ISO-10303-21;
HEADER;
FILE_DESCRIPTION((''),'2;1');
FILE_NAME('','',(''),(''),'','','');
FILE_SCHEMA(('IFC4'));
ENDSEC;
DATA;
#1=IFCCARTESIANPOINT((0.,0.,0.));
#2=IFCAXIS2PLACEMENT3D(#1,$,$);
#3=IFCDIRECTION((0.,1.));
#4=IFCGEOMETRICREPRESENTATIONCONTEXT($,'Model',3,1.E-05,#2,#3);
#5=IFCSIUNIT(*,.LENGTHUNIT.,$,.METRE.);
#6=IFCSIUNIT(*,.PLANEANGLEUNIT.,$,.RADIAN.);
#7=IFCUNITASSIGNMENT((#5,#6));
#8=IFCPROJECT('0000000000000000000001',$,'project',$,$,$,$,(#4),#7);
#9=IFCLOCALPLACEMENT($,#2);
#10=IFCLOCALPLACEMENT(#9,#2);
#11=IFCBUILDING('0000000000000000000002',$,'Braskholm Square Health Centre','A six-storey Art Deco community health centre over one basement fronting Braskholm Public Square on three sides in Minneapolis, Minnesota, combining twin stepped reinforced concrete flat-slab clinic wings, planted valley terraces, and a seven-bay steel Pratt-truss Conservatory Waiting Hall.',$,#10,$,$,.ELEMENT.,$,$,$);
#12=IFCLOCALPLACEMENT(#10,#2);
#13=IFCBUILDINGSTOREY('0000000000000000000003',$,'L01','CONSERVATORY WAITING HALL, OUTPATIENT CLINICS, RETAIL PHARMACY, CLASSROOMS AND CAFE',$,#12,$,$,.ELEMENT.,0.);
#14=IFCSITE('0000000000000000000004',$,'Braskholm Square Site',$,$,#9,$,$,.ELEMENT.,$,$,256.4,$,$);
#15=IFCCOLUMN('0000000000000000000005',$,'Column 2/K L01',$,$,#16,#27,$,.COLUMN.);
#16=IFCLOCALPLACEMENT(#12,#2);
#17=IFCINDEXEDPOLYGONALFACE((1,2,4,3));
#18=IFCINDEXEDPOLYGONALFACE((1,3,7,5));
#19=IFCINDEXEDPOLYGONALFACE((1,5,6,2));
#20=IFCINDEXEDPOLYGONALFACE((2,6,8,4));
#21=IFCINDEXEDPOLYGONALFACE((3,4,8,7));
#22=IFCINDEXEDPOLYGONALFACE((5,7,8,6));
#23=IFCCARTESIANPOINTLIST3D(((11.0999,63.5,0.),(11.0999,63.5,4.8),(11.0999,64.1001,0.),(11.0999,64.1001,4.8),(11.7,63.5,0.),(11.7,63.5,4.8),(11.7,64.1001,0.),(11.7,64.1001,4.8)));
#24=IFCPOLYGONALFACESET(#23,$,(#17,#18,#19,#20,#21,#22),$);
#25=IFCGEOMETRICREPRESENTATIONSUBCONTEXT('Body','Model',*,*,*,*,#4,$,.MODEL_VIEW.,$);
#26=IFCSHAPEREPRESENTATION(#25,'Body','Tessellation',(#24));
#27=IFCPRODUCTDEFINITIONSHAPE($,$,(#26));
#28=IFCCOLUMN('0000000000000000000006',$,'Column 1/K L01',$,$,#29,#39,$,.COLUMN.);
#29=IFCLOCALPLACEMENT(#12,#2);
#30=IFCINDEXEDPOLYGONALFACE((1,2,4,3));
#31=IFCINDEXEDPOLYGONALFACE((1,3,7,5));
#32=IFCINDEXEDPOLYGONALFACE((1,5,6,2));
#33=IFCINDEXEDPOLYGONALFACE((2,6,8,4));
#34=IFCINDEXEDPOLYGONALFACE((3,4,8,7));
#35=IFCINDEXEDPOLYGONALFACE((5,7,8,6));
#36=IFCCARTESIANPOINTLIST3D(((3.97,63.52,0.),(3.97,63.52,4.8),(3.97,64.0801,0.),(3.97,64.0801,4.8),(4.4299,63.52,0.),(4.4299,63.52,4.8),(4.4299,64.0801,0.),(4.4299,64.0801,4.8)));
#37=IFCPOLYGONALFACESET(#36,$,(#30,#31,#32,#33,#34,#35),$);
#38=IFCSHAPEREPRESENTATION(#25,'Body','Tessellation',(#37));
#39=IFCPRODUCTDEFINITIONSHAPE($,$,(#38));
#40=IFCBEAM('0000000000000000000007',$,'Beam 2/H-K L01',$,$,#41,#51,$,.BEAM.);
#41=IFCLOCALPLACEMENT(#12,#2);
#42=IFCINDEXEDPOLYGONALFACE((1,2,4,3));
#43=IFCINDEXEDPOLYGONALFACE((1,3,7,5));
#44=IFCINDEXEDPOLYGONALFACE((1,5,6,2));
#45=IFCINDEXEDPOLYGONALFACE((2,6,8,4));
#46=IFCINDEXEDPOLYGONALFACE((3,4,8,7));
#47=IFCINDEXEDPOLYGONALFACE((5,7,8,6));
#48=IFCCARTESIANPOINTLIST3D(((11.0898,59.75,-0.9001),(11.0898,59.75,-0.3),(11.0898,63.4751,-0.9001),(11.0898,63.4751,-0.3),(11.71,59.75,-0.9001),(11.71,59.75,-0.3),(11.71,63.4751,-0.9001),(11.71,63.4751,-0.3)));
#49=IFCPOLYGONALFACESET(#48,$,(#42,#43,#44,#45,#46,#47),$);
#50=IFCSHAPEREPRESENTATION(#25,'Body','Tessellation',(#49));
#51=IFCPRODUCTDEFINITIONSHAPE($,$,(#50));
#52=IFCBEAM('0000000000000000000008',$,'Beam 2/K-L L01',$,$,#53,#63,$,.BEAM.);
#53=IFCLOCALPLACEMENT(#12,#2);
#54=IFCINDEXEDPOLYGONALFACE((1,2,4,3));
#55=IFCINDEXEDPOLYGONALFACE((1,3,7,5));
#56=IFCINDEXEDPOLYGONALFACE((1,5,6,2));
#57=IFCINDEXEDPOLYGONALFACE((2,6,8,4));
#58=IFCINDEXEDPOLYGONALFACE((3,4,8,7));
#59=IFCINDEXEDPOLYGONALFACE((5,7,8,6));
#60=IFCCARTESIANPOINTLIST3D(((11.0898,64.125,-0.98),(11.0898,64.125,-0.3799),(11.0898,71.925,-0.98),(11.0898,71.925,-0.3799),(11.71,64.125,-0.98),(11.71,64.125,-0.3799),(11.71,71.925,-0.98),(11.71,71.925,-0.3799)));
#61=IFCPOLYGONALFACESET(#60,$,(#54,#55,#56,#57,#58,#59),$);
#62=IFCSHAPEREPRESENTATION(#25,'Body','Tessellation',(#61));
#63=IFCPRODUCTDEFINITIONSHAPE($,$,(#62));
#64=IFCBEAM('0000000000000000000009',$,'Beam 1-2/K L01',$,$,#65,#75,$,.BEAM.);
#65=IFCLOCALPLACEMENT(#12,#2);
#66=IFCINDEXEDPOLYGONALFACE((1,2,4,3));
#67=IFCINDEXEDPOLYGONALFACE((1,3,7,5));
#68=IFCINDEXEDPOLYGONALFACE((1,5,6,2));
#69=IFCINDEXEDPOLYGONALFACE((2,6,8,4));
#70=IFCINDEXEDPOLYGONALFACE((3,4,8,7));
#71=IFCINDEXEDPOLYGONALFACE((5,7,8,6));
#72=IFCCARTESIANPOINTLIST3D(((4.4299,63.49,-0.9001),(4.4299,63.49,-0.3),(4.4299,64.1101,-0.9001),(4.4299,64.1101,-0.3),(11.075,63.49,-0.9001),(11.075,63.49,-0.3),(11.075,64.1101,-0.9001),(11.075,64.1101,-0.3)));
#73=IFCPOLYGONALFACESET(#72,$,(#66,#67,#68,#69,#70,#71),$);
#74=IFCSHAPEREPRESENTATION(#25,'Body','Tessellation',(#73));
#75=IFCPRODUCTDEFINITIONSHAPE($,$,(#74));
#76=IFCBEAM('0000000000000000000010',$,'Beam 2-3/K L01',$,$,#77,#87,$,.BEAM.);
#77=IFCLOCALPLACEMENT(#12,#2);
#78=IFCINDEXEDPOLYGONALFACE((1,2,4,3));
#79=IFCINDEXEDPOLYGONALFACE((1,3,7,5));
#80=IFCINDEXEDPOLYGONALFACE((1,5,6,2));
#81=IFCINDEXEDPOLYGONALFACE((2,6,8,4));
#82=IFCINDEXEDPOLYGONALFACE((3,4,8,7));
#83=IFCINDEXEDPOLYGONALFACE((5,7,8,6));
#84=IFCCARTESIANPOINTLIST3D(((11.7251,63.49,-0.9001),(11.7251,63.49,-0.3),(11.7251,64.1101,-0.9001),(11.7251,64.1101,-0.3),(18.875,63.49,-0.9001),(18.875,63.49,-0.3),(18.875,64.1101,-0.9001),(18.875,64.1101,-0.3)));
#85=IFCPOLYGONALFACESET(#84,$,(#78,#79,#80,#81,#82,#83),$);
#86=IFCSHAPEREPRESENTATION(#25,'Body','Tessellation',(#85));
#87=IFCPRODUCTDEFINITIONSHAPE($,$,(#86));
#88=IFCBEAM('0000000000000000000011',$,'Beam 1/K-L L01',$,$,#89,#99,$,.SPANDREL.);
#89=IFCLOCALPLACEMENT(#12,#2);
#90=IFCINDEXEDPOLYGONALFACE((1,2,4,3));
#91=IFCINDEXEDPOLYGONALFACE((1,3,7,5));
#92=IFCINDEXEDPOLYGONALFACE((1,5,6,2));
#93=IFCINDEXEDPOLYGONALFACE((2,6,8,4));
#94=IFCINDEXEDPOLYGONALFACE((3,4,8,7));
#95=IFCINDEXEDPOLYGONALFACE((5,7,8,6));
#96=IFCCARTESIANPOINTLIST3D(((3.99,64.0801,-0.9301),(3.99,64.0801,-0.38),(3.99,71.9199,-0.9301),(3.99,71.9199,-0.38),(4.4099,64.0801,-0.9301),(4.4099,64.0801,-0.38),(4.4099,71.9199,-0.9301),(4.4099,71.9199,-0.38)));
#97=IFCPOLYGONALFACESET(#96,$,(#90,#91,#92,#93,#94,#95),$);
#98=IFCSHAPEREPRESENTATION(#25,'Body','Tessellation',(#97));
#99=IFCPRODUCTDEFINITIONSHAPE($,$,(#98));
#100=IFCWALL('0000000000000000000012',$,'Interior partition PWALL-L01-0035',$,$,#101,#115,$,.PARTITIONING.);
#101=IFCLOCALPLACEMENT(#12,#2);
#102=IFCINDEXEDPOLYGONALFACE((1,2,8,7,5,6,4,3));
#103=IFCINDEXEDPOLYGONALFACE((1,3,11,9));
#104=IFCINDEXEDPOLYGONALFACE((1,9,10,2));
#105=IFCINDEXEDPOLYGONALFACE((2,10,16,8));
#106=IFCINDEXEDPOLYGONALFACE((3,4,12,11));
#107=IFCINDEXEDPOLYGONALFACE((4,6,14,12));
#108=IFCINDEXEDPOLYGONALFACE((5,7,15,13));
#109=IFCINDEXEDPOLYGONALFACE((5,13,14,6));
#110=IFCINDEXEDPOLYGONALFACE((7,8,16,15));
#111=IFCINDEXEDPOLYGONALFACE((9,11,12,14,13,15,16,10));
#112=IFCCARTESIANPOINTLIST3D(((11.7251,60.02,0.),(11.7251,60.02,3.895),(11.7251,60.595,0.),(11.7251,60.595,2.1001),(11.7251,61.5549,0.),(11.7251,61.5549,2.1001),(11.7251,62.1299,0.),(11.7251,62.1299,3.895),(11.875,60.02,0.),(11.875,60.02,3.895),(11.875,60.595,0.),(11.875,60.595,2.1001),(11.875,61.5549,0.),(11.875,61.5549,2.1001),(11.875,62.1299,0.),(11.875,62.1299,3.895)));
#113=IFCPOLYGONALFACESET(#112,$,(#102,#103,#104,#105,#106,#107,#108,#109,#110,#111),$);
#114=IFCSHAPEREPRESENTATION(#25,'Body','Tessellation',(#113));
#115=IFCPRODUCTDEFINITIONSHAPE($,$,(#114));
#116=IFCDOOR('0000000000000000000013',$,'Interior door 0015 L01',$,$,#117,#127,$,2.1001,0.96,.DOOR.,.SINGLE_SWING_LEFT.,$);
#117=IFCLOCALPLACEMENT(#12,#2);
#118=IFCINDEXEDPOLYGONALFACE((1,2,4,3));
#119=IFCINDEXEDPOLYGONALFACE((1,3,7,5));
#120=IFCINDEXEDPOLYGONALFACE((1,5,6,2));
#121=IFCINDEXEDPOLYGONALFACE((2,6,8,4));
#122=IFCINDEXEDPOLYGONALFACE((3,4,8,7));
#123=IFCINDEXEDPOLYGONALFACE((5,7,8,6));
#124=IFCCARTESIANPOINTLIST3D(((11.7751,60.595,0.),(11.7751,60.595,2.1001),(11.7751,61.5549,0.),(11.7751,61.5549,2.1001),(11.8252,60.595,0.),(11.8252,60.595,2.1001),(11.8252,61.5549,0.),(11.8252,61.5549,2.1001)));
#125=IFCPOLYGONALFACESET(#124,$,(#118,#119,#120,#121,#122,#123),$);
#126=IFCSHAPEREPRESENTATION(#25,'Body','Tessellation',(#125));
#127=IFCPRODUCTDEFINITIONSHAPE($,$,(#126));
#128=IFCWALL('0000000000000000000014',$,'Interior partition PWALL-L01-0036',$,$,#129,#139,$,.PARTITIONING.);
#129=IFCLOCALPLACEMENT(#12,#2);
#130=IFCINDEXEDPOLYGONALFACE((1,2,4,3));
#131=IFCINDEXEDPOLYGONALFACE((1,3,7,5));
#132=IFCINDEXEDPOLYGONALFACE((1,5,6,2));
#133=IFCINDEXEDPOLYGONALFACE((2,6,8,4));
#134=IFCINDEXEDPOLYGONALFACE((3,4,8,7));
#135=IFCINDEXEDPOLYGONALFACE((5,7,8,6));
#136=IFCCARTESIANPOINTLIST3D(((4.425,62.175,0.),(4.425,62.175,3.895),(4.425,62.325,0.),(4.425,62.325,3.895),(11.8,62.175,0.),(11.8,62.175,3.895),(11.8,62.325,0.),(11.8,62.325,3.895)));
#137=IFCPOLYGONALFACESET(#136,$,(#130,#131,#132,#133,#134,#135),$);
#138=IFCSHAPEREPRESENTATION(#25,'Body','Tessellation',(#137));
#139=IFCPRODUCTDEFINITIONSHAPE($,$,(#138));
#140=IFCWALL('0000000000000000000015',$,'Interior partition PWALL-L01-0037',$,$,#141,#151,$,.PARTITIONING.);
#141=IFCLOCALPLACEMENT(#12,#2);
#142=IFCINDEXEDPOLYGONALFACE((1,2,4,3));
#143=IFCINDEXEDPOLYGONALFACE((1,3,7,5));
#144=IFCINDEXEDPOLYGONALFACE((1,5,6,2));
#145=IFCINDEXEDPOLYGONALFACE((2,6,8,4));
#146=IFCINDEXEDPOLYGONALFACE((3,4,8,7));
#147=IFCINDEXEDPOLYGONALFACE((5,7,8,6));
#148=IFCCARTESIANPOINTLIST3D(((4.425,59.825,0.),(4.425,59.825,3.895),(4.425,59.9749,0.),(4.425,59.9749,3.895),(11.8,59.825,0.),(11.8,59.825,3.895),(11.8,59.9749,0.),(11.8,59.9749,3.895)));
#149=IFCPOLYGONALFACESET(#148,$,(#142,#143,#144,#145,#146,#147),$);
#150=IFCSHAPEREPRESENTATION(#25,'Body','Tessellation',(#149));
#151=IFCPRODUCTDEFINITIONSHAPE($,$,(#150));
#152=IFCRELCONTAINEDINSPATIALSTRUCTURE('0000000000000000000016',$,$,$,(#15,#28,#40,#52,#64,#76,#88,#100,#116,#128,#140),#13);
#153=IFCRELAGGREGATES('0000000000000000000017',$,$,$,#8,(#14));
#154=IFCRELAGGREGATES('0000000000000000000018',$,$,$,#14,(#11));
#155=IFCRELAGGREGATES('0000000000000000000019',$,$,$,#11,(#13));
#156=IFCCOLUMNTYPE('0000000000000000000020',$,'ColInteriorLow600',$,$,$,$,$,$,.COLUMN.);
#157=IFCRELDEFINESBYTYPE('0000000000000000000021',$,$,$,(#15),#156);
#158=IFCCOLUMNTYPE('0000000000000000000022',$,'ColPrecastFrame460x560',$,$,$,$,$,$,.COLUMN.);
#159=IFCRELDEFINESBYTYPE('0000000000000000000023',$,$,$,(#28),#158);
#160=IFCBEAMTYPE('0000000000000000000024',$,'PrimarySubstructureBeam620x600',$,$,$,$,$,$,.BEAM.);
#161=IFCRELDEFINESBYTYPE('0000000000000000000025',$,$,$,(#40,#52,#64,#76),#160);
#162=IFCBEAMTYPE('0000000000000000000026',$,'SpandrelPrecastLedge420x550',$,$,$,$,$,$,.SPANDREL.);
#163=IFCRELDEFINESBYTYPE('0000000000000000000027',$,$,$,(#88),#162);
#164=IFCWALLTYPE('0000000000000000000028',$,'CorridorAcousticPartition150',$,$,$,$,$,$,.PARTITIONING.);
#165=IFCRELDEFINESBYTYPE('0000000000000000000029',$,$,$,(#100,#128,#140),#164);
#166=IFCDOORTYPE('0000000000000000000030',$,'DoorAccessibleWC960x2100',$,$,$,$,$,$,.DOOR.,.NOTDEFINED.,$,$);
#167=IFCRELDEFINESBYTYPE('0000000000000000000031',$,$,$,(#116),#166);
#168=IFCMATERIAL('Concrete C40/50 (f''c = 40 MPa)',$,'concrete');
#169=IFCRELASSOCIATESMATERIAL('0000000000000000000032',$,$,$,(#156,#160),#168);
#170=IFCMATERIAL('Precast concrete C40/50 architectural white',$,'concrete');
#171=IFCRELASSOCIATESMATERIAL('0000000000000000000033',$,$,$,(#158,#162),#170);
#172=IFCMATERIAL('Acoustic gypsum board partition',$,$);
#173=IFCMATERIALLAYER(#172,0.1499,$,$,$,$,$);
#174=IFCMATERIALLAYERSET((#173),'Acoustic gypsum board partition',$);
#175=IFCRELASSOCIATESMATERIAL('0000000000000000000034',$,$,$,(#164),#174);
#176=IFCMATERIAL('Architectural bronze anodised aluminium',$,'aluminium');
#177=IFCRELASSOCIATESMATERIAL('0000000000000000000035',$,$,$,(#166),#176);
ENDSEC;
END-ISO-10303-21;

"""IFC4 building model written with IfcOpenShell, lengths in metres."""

from ifc_helpers import new_model, si_unit, direction, frame, frame_2d, origin, origin_with_axes, origin_2d, place, context, subcontext, project, spatial, rectangle, extrude, material, layer, layer_set, material_profile, profile_set, type_object, element, fill, save


model = new_model("IFC4")

# Units and contexts
model_context = context("Model", 3, precision=1e-05, world=origin(), true_north=direction((0.0, 1.0)))
body_context = subcontext(model_context, "Body", "Model", "MODEL_VIEW")
ifc_project = project(units=[si_unit("LENGTHUNIT", "METRE"), si_unit("PLANEANGLEUNIT", "RADIAN")], contexts=[model_context])

# Site, building, storey
site_placement = place(None, origin())
site = spatial("IfcSite", under=ifc_project, at=site_placement, Name="Braskholm Square Site", CompositionType="ELEMENT", RefElevation=256.4)
building_placement = place(site_placement, origin())
building = spatial("IfcBuilding", under=site, at=building_placement, Name="Braskholm Square Health Centre", Description="A six-storey Art Deco community health centre over one basement fronting Braskholm Public Square on three sides in Minneapolis, Minnesota, combining twin stepped reinforced concrete flat-slab clinic wings, planted valley terraces, and a seven-bay steel Pratt-truss Conservatory Waiting Hall.", CompositionType="ELEMENT")
storey_placement = place(building_placement, origin())
storey = spatial("IfcBuildingStorey", under=building, at=storey_placement, Name="L01", Description="CONSERVATORY WAITING HALL, OUTPATIENT CLINICS, RETAIL PHARMACY, CLASSROOMS AND CAFE", CompositionType="ELEMENT", Elevation=0.0)

# Columns
ifc_material_1 = material(Name="Concrete C40/50 (f'c = 40 MPa)", Category="concrete")
ifc_material_profile_1 = material_profile(ifc_material_1, rectangle(XDim=0.6001, YDim=0.6001, at=origin_2d()), Name="RC-600X600")
ifc_profile_set_1 = profile_set([ifc_material_profile_1], Name="Concrete C40/50 (f'c = 40 MPa)")
column_type_1 = type_object("IfcColumnType", Name="ColInteriorLow600", PredefinedType="COLUMN", material=ifc_profile_set_1)
column_1_placement = place(storey_placement, frame((11.3999, 63.8, 0.0), z_axis=(0.0, 0.0, 1.0), x_axis=(1.0, 0.0, 0.0)))
element("IfcColumn", 1, at=column_1_placement, inside=storey, type_object=column_type_1, Name="Column 2/K L01", PredefinedType="COLUMN", context=body_context, shape_type="SweptSolid", body=[
    extrude(rectangle(XDim=0.6001, YDim=0.6001, at=origin_2d()), origin(), (0.0, 0.0, 1.0), 4.8),
])
ifc_material_2 = material(Name="Precast concrete C40/50 architectural white", Category="concrete")
ifc_material_profile_2 = material_profile(ifc_material_2, rectangle(XDim=0.46, YDim=0.5601, at=origin_2d()), Name="RC-460X560")
ifc_profile_set_2 = profile_set([ifc_material_profile_2], Name="Precast concrete C40/50 architectural white")
column_type_2 = type_object("IfcColumnType", Name="ColPrecastFrame460x560", PredefinedType="COLUMN", material=ifc_profile_set_2)
column_2_placement = place(storey_placement, frame((4.2, 63.8, 0.0), z_axis=(0.0, 0.0, 1.0), x_axis=(1.0, 0.0, 0.0)))
element("IfcColumn", 2, at=column_2_placement, inside=storey, type_object=column_type_2, Name="Column 1/K L01", PredefinedType="COLUMN", context=body_context, shape_type="SweptSolid", body=[
    extrude(rectangle(XDim=0.46, YDim=0.5601, at=origin_2d()), origin(), (0.0, 0.0, 1.0), 4.8),
])

# Beams
ifc_material_profile_3 = material_profile(ifc_material_1, rectangle(XDim=0.6201, YDim=0.6001, at=origin_2d()), Name="RCB-620X600")
ifc_profile_set_3 = profile_set([ifc_material_profile_3], Name="Concrete C40/50 (f'c = 40 MPa)")
beam_type_1 = type_object("IfcBeamType", Name="PrimarySubstructureBeam620x600", PredefinedType="BEAM", material=ifc_profile_set_3)
beam_1_placement = place(storey_placement, frame((11.3999, 59.75, -0.6001), z_axis=(0.0, 1.0, 0.0), x_axis=(-1.0, 0.0, 0.0)))
element("IfcBeam", 3, at=beam_1_placement, inside=storey, type_object=beam_type_1, Name="Beam 2/H-K L01", PredefinedType="BEAM", context=body_context, shape_type="SweptSolid", body=[
    extrude(rectangle(XDim=0.6201, YDim=0.6001, at=origin_2d()), origin(), (0.0, 0.0, 1.0), 3.7251),
])
beam_2_placement = place(storey_placement, frame((11.3999, 64.125, -0.6799), z_axis=(0.0, 1.0, 0.0), x_axis=(-1.0, 0.0, 0.0)))
element("IfcBeam", 4, at=beam_2_placement, inside=storey, type_object=beam_type_1, Name="Beam 2/K-L L01", PredefinedType="BEAM", context=body_context, shape_type="SweptSolid", body=[
    extrude(rectangle(XDim=0.6201, YDim=0.6001, at=origin_2d()), origin(), (0.0, 0.0, 1.0), 7.8),
])
beam_3_placement = place(storey_placement, frame((4.4299, 63.8, -0.6001), z_axis=(1.0, 0.0, 0.0), x_axis=(0.0, 1.0, 0.0)))
element("IfcBeam", 5, at=beam_3_placement, inside=storey, type_object=beam_type_1, Name="Beam 1-2/K L01", PredefinedType="BEAM", context=body_context, shape_type="SweptSolid", body=[
    extrude(rectangle(XDim=0.6201, YDim=0.6001, at=origin_2d()), origin(), (0.0, 0.0, 1.0), 6.645),
])
beam_4_placement = place(storey_placement, frame((11.7251, 63.8, -0.6001), z_axis=(1.0, 0.0, 0.0), x_axis=(0.0, 1.0, 0.0)))
element("IfcBeam", 6, at=beam_4_placement, inside=storey, type_object=beam_type_1, Name="Beam 2-3/K L01", PredefinedType="BEAM", context=body_context, shape_type="SweptSolid", body=[
    extrude(rectangle(XDim=0.6201, YDim=0.6001, at=origin_2d()), origin(), (0.0, 0.0, 1.0), 7.1499),
])
ifc_material_profile_4 = material_profile(ifc_material_2, rectangle(XDim=0.4199, YDim=0.55, at=origin_2d()), Name="RCB-420X550")
ifc_profile_set_4 = profile_set([ifc_material_profile_4], Name="Precast concrete C40/50 architectural white")
beam_type_2 = type_object("IfcBeamType", Name="SpandrelPrecastLedge420x550", PredefinedType="SPANDREL", material=ifc_profile_set_4)
beam_5_placement = place(storey_placement, frame((4.2, 64.0801, -0.655), z_axis=(0.0, 1.0, 0.0), x_axis=(-1.0, 0.0, 0.0)))
element("IfcBeam", 7, at=beam_5_placement, inside=storey, type_object=beam_type_2, Name="Beam 1/K-L L01", PredefinedType="SPANDREL", context=body_context, shape_type="SweptSolid", body=[
    extrude(rectangle(XDim=0.4199, YDim=0.55, at=origin_2d()), origin(), (0.0, 0.0, 1.0), 7.8398),
])

# Wall, opening, door
ifc_material_3 = material(Name="Acoustic gypsum board partition")
ifc_layer_1 = layer(ifc_material_3, 0.1499)
ifc_layer_set_1 = layer_set([ifc_layer_1], Name="Acoustic gypsum board partition")
wall_type_1 = type_object("IfcWallType", Name="CorridorAcousticPartition150", PredefinedType="PARTITIONING", material=ifc_layer_set_1)
wall_1_placement = place(storey_placement, frame((11.8, 60.02, 0.0), z_axis=(0.0, 0.0, 1.0), x_axis=(0.0, 1.0, 0.0)))
wall_1 = element("IfcWall", 8, at=wall_1_placement, inside=storey, type_object=wall_type_1, Name="Interior partition PWALL-L01-0035", PredefinedType="PARTITIONING", context=body_context, shape_type="SweptSolid", body=[
    extrude(rectangle(XDim=2.1099, YDim=0.1499, at=frame_2d((1.0549, 0.0))), origin(), (0.0, 0.0, 1.0), 3.895),
])
opening_1_placement = place(wall_1_placement, frame((0.575, 0.0, 0.0)))
opening_1 = element("IfcOpeningElement", 9, at=opening_1_placement, cuts=wall_1, PredefinedType="OPENING", context=body_context, shape_type="SweptSolid", body=[
    extrude(rectangle(XDim=0.96, YDim=2.1001, at=frame_2d((0.48, 1.05))), frame((0.0, 0.085, 0.0), z_axis=(0.0, -1.0, 0.0), x_axis=(1.0, 0.0, 0.0)), (0.0, 0.0, 1.0), 0.1699),
])
ifc_material_4 = material(Name="Architectural bronze anodised aluminium", Category="aluminium")
door_type_1 = type_object("IfcDoorType", Name="DoorAccessibleWC960x2100", OperationType="NOTDEFINED", PredefinedType="DOOR", material=ifc_material_4)
door_1_placement = place(opening_1_placement, origin_with_axes())
door_1 = element("IfcDoor", 10, at=door_1_placement, inside=storey, type_object=door_type_1, Name="Interior door 0015 L01", OperationType="SINGLE_SWING_LEFT", OverallHeight=2.1001, OverallWidth=0.96, PredefinedType="DOOR", context=body_context, shape_type="SweptSolid", body=[
    extrude(rectangle(XDim=0.96, YDim=2.1001, at=frame_2d((0.48, 1.05))), frame((0.0, 0.0249, 0.0), z_axis=(0.0, -1.0, 0.0), x_axis=(1.0, 0.0, 0.0)), (0.0, 0.0, 1.0), 0.05),
])
fill(opening_1, door_1)

# Walls
for number, where, z_axis, x_axis, name in (
    (11, (4.425, 62.25, 0.0), (0.0, 0.0, 1.0), (1.0, 0.0, 0.0), "Interior partition PWALL-L01-0036"),
    (12, (4.425, 59.8999, 0.0), (0.0, 0.0, 1.0), (1.0, 0.0, 0.0), "Interior partition PWALL-L01-0037"),
):
    element("IfcWall", number, at=place(storey_placement, frame(where, z_axis=z_axis, x_axis=x_axis)), inside=storey, type_object=wall_type_1, Name=name, PredefinedType="PARTITIONING", context=body_context, shape_type="SweptSolid", body=[
        extrude(rectangle(XDim=7.375, YDim=0.1499, at=frame_2d((3.6875, 0.0))), origin(), (0.0, 0.0, 1.0), 3.895),
    ])

save(model, "model.ifc")
